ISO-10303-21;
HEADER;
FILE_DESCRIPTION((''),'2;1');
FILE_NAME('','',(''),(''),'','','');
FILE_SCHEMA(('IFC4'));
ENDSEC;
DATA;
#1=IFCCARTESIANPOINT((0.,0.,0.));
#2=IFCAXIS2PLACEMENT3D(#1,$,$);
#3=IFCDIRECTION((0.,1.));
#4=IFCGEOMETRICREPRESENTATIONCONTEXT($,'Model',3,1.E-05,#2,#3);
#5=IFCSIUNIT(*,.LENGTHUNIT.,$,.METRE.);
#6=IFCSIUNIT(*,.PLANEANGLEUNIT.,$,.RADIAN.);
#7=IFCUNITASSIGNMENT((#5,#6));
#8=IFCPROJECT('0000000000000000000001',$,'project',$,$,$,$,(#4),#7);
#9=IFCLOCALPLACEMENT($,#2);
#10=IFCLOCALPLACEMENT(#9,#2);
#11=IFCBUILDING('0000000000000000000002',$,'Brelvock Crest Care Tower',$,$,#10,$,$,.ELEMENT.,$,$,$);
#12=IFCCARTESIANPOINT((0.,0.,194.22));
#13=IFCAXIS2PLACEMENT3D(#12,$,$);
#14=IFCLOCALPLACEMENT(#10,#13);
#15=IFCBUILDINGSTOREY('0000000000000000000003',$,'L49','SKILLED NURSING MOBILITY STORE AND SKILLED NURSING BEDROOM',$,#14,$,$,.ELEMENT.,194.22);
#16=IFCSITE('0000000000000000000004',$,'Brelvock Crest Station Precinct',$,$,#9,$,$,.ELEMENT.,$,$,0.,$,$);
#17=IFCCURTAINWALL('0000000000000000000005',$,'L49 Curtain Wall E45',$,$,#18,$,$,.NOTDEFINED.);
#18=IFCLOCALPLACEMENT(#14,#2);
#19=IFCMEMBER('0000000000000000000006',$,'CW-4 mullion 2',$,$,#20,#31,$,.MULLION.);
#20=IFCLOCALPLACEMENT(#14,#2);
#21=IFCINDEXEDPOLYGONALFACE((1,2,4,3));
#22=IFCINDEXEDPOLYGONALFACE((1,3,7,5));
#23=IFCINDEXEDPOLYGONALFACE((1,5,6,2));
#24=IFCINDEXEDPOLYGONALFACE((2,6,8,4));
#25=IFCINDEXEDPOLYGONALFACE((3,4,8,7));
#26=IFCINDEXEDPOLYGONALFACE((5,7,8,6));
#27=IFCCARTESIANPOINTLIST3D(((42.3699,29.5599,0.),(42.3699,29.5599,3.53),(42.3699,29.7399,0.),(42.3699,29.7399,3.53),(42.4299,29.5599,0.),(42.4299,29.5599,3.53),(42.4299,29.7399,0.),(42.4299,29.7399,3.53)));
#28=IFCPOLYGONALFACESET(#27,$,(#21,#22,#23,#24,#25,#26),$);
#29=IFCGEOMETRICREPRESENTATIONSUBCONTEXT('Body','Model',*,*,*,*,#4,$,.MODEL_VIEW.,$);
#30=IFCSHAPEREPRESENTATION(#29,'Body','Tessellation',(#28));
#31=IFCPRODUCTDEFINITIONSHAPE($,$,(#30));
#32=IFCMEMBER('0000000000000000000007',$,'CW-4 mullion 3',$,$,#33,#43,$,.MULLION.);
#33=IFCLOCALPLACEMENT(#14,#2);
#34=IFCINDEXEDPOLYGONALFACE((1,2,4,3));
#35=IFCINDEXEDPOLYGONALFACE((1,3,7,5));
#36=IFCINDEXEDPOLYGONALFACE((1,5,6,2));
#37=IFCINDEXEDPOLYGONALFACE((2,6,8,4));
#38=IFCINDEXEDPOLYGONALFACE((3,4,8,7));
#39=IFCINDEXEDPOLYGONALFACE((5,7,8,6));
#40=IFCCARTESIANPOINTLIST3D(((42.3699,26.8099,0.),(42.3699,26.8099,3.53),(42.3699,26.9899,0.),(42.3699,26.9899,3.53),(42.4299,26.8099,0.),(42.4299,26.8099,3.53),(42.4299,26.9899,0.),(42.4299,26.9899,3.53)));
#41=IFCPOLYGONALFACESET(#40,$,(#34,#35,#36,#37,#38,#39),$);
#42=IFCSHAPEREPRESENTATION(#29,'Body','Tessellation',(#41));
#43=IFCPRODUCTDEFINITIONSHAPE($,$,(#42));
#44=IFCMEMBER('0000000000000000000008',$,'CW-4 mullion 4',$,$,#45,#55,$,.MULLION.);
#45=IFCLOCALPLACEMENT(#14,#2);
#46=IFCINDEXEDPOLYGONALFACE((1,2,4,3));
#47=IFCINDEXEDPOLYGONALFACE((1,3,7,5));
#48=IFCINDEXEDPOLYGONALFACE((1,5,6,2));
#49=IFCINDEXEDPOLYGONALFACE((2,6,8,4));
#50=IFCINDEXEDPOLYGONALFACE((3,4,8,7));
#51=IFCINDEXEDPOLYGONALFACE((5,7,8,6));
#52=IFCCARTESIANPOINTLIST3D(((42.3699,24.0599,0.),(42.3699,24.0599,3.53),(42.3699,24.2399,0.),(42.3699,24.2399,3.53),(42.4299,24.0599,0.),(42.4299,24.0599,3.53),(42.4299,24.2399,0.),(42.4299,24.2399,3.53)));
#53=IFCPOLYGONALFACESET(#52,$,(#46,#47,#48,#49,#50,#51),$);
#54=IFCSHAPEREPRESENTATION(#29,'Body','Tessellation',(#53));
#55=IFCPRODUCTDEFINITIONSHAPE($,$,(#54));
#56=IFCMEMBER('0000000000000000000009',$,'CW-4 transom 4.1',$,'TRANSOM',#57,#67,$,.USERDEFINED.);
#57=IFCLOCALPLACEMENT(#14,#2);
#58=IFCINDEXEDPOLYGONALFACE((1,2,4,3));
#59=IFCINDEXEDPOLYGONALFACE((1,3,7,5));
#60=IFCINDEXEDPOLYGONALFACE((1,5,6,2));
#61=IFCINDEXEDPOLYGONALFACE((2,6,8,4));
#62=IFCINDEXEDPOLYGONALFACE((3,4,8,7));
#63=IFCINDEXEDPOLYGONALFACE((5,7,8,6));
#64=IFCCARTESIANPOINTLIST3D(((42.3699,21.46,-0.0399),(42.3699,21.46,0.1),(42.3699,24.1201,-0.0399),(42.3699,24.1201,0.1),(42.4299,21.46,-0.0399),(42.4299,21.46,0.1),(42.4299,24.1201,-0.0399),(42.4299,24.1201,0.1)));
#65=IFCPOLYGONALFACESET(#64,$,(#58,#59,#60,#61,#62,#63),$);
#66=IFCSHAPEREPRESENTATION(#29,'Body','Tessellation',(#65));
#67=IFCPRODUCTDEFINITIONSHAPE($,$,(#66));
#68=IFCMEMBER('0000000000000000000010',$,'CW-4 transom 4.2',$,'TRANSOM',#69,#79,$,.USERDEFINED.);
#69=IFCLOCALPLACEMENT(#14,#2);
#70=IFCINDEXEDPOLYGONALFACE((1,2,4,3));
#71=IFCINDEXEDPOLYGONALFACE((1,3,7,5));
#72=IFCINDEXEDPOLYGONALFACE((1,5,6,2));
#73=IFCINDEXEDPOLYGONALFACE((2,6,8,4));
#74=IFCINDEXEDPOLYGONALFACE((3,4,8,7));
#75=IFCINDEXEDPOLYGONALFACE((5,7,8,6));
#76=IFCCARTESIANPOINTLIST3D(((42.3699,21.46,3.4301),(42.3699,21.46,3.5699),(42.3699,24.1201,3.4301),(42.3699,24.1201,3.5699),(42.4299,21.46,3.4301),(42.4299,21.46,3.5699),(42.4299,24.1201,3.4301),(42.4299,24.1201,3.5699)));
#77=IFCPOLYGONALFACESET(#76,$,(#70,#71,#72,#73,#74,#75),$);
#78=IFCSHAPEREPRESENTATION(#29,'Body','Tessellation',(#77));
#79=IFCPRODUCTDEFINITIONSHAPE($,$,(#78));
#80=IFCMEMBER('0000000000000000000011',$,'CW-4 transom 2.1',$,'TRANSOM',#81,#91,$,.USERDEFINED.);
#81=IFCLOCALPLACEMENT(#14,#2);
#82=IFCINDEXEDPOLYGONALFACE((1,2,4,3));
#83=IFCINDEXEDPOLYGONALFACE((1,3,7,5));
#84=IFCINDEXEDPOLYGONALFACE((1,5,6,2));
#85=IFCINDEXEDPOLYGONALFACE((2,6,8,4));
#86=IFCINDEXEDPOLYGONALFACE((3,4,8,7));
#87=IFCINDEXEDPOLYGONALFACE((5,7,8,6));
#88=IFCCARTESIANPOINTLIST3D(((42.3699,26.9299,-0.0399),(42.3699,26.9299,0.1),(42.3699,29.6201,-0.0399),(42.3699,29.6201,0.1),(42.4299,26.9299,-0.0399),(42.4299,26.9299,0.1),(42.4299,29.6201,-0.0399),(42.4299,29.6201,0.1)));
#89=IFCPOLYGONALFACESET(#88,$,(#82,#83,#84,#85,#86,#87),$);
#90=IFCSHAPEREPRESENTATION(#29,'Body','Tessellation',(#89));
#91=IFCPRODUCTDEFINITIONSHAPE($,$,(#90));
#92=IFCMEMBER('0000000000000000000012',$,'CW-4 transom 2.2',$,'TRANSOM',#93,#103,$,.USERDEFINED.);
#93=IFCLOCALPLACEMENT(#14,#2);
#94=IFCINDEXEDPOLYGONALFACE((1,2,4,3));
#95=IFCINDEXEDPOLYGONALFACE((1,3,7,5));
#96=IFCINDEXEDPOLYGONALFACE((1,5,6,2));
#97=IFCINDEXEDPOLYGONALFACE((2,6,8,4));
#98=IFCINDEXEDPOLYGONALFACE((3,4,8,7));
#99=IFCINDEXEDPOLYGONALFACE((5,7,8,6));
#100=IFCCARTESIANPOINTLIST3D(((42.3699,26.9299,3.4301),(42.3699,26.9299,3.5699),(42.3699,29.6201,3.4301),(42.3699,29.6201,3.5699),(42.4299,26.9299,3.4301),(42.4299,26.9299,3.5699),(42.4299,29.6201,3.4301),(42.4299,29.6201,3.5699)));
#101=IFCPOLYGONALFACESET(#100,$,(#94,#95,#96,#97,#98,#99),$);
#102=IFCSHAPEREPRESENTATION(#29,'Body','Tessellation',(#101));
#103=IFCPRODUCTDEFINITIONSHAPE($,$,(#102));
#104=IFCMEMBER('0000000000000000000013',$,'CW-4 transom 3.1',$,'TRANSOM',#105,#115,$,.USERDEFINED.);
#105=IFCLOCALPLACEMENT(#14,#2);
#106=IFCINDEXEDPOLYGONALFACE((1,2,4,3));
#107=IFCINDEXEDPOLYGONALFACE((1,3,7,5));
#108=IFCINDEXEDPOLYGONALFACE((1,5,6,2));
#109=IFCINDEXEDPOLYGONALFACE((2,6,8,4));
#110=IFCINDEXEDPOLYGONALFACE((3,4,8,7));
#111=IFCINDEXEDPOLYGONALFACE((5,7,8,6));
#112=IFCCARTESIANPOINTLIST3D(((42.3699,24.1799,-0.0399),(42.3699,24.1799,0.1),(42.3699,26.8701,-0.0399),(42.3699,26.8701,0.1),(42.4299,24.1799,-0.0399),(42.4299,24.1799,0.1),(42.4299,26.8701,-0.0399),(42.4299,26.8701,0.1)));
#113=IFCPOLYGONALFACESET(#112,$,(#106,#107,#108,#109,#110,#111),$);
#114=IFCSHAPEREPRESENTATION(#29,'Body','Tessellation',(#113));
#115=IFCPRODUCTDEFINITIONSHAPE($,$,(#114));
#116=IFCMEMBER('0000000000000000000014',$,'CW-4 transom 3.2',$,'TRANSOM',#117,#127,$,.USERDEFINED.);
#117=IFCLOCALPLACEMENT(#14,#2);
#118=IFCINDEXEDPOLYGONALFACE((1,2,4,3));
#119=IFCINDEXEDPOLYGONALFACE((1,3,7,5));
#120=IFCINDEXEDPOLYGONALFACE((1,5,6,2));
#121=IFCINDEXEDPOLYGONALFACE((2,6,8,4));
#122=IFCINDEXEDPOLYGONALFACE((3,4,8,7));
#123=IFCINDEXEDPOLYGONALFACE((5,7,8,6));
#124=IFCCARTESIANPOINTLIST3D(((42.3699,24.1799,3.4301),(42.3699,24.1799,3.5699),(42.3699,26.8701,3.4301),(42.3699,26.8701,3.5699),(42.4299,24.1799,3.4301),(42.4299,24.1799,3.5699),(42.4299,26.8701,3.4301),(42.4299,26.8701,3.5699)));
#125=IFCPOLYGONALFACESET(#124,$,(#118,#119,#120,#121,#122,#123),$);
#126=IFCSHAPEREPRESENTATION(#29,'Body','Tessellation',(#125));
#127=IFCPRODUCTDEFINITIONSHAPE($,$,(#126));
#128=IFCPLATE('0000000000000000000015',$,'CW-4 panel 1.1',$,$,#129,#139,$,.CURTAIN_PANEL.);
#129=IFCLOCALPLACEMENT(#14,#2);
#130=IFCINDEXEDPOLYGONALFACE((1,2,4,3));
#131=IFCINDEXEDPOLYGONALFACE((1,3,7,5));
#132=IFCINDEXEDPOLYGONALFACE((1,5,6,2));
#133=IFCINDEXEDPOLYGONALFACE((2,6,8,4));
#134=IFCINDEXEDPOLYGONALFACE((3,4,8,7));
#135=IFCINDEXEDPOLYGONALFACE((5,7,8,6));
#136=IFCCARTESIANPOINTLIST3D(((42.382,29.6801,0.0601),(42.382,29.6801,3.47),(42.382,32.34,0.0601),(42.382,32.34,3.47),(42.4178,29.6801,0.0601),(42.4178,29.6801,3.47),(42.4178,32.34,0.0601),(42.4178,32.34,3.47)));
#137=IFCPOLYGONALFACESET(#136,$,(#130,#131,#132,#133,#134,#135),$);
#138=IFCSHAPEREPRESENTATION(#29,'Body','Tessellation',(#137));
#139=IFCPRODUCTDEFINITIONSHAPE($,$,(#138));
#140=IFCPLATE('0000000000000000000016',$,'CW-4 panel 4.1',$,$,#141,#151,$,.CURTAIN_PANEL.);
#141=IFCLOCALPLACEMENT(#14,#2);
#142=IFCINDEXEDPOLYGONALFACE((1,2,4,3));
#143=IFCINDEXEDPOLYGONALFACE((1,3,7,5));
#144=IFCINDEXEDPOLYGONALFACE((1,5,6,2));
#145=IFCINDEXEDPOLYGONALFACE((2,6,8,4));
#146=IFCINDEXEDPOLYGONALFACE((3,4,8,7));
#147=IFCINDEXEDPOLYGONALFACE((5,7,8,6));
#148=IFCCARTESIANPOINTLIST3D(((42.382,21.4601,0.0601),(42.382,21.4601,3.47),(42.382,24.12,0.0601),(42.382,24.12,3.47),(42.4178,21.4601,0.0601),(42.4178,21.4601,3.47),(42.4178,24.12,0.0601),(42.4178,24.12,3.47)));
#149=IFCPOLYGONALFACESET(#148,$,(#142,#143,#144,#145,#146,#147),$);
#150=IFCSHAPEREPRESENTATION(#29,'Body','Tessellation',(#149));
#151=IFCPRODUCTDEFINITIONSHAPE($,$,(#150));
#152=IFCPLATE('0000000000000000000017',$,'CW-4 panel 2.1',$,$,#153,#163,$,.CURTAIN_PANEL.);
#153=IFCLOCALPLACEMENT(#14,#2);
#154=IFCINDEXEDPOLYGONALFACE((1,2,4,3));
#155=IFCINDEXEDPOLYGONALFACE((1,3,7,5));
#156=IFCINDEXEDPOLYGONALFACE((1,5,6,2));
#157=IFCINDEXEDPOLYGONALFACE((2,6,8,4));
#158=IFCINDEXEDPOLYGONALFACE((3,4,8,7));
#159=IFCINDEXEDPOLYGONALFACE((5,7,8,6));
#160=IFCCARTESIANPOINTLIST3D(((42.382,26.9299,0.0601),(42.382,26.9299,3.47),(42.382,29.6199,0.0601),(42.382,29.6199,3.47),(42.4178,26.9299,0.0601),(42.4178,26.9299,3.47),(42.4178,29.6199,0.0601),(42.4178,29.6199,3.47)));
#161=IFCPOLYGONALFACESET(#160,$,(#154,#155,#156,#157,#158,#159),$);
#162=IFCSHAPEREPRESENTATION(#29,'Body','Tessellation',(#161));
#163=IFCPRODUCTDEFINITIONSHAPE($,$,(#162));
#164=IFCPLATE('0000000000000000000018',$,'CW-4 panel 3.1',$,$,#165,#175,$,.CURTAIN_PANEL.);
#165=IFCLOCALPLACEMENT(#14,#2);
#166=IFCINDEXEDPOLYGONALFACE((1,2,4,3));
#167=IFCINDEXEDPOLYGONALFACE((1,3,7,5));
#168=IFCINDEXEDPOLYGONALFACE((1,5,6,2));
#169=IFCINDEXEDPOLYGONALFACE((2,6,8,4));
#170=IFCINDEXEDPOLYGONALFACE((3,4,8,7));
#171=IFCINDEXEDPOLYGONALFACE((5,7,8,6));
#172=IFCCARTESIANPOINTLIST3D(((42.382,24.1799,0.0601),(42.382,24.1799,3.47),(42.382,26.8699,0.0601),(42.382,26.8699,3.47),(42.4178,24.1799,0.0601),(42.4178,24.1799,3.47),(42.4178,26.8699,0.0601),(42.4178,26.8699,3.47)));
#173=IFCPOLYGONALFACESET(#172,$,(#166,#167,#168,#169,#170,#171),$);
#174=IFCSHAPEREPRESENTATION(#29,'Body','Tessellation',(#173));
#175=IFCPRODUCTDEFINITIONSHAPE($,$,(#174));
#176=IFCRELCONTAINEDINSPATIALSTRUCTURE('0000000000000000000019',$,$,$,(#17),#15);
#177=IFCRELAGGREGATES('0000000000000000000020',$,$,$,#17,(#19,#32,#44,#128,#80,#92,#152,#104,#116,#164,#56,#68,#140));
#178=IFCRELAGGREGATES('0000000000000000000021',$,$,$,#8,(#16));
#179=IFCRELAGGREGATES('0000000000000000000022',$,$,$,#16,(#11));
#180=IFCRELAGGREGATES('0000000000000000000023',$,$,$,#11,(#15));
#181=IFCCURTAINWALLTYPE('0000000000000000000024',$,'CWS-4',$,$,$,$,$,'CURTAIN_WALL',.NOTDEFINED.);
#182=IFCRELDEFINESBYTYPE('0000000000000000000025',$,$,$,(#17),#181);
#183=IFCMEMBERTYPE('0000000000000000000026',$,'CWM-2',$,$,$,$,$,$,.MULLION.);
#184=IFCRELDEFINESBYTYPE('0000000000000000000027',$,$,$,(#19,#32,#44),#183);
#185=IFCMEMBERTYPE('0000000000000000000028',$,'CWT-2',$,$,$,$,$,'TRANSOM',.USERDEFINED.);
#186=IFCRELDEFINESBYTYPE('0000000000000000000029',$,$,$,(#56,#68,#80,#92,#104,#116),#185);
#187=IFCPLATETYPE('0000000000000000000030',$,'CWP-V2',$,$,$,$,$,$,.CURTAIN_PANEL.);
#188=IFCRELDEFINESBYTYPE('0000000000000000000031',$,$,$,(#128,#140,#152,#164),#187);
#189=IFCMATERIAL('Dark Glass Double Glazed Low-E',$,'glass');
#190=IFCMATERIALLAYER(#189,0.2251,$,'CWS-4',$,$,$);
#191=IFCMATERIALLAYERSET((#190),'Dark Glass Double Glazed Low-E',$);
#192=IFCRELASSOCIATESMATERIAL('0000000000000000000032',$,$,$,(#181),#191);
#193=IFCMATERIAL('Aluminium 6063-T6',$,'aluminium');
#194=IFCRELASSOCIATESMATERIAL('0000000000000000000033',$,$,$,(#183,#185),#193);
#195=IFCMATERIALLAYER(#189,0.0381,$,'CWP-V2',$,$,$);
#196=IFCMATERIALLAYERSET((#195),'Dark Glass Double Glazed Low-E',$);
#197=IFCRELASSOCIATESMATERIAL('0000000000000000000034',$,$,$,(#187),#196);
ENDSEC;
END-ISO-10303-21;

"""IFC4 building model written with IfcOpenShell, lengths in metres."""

from ifc_helpers import new_model, si_unit, direction, frame, origin, origin_2d, place, context, subcontext, project, spatial, rectangle, extrude, source, transform, mapped, material, layer, layer_set, material_profile, profile_set, type_object, element, aggregate, save


model = new_model("IFC4")

# Units and contexts
model_context = context("Model", 3, precision=1e-05, world=origin(), true_north=direction((0.0, 1.0)))
body_context = subcontext(model_context, "Body", "Model", "MODEL_VIEW")
ifc_project = project(units=[si_unit("LENGTHUNIT", "METRE"), si_unit("PLANEANGLEUNIT", "RADIAN")], contexts=[model_context])

# Site, building, storey
site_placement = place(None, origin())
site = spatial("IfcSite", under=ifc_project, at=site_placement, Name="Brelvock Crest Station Precinct", CompositionType="ELEMENT", RefElevation=0.0)
building_placement = place(site_placement, origin())
building = spatial("IfcBuilding", under=site, at=building_placement, Name="Brelvock Crest Care Tower", CompositionType="ELEMENT")
storey_placement = place(building_placement, frame((0.0, 0.0, 194.22)))
storey = spatial("IfcBuildingStorey", under=building, at=storey_placement, Name="L49", Description="SKILLED NURSING MOBILITY STORE AND SKILLED NURSING BEDROOM", CompositionType="ELEMENT", Elevation=194.22)

# Curtain wall, members, plates
ifc_material_1 = material(Name="Dark Glass Double Glazed Low-E", Category="glass")
ifc_layer_1 = layer(ifc_material_1, 0.2251, Name="CWS-4")
ifc_layer_set_1 = layer_set([ifc_layer_1], Name="Dark Glass Double Glazed Low-E")
curtain_wall_type = type_object("IfcCurtainWallType", Name="CWS-4", ElementType="CURTAIN_WALL", PredefinedType="NOTDEFINED", material=ifc_layer_set_1)
curtain_wall_placement = place(storey_placement, origin())
curtain_wall = element("IfcCurtainWall", 1, at=curtain_wall_placement, inside=storey, type_object=curtain_wall_type, Name="L49 Curtain Wall E45", PredefinedType="NOTDEFINED")
ifc_material_2 = material(Name="Aluminium 6063-T6", Category="aluminium")
ifc_material_profile_1 = material_profile(ifc_material_2, rectangle(XDim=0.0601, YDim=0.1799, at=origin_2d()), Name="ALU60x180")
ifc_profile_set_1 = profile_set([ifc_material_profile_1], Name="Aluminium 6063-T6")
member_type_1 = type_object("IfcMemberType", Name="CWM-2", PredefinedType="MULLION", material=ifc_profile_set_1)
shared_shape_1 = source(origin(), body_context, "Body", "SweptSolid", [
    extrude(rectangle(XDim=0.0601, YDim=0.1799, at=origin_2d()), origin(), (0.0, 0.0, 1.0), 3.53),
])
member_1_placement = place(storey_placement, frame((42.3999, 29.6499, 0.0), z_axis=(0.0, 0.0, 1.0), x_axis=(1.0, 0.0, 0.0)))
member_1 = element("IfcMember", 2, at=member_1_placement, type_object=member_type_1, Name="CW-4 mullion 2", PredefinedType="MULLION", context=body_context, shape_type="MappedRepresentation", body=[
    mapped(shared_shape_1, transform((0.0, 0.0, 0.0), x_axis=(1.0, 0.0, 0.0), y_axis=(0.0, 1.0, 0.0), z_axis=(0.0, 0.0, 1.0), scale=1.0)),
])
member_2_placement = place(storey_placement, frame((42.3999, 26.8999, 0.0), z_axis=(0.0, 0.0, 1.0), x_axis=(1.0, 0.0, 0.0)))
member_2 = element("IfcMember", 3, at=member_2_placement, type_object=member_type_1, Name="CW-4 mullion 3", PredefinedType="MULLION", context=body_context, shape_type="MappedRepresentation", body=[
    mapped(shared_shape_1, transform((0.0, 0.0, 0.0), x_axis=(1.0, 0.0, 0.0), y_axis=(0.0, 1.0, 0.0), z_axis=(0.0, 0.0, 1.0), scale=1.0)),
])
member_3_placement = place(storey_placement, frame((42.3999, 24.1499, 0.0), z_axis=(0.0, 0.0, 1.0), x_axis=(1.0, 0.0, 0.0)))
member_3 = element("IfcMember", 4, at=member_3_placement, type_object=member_type_1, Name="CW-4 mullion 4", PredefinedType="MULLION", context=body_context, shape_type="MappedRepresentation", body=[
    mapped(shared_shape_1, transform((0.0, 0.0, 0.0), x_axis=(1.0, 0.0, 0.0), y_axis=(0.0, 1.0, 0.0), z_axis=(0.0, 0.0, 1.0), scale=1.0)),
])
ifc_material_profile_2 = material_profile(ifc_material_2, rectangle(XDim=0.0601, YDim=0.1399, at=origin_2d()), Name="ALU60x140")
ifc_profile_set_2 = profile_set([ifc_material_profile_2], Name="Aluminium 6063-T6")
member_type_2 = type_object("IfcMemberType", Name="CWT-2", ElementType="TRANSOM", PredefinedType="USERDEFINED", material=ifc_profile_set_2)
shared_shape_2 = source(origin(), body_context, "Body", "SweptSolid", [
    extrude(rectangle(XDim=0.0601, YDim=0.1399, at=origin_2d()), origin(), (0.0, 0.0, 1.0), 2.6602),
])
member_4_placement = place(storey_placement, frame((42.3999, 24.1201, 0.03), z_axis=(0.0, -1.0, 0.0), x_axis=(1.0, 0.0, 0.0)))
member_4 = element("IfcMember", 5, at=member_4_placement, type_object=member_type_2, Name="CW-4 transom 4.1", ObjectType="TRANSOM", PredefinedType="USERDEFINED", context=body_context, shape_type="MappedRepresentation", body=[
    mapped(shared_shape_2, transform((0.0, 0.0, 0.0), x_axis=(1.0, 0.0, 0.0), y_axis=(0.0, 1.0, 0.0), z_axis=(0.0, 0.0, 1.0), scale=1.0)),
])
member_5_placement = place(storey_placement, frame((42.3999, 24.1201, 3.5), z_axis=(0.0, -1.0, 0.0), x_axis=(1.0, 0.0, 0.0)))
member_5 = element("IfcMember", 6, at=member_5_placement, type_object=member_type_2, Name="CW-4 transom 4.2", ObjectType="TRANSOM", PredefinedType="USERDEFINED", context=body_context, shape_type="MappedRepresentation", body=[
    mapped(shared_shape_2, transform((0.0, 0.0, 0.0), x_axis=(1.0, 0.0, 0.0), y_axis=(0.0, 1.0, 0.0), z_axis=(0.0, 0.0, 1.0), scale=1.0)),
])
shared_shape_3 = source(origin(), body_context, "Body", "SweptSolid", [
    extrude(rectangle(XDim=0.0601, YDim=0.1399, at=origin_2d()), origin(), (0.0, 0.0, 1.0), 2.6902),
])
member_6_placement = place(storey_placement, frame((42.3999, 29.6201, 0.03), z_axis=(0.0, -1.0, 0.0), x_axis=(1.0, 0.0, 0.0)))
member_6 = element("IfcMember", 7, at=member_6_placement, type_object=member_type_2, Name="CW-4 transom 2.1", ObjectType="TRANSOM", PredefinedType="USERDEFINED", context=body_context, shape_type="MappedRepresentation", body=[
    mapped(shared_shape_3, transform((0.0, 0.0, 0.0), x_axis=(1.0, 0.0, 0.0), y_axis=(0.0, 1.0, 0.0), z_axis=(0.0, 0.0, 1.0), scale=1.0)),
])
member_7_placement = place(storey_placement, frame((42.3999, 29.6201, 3.5), z_axis=(0.0, -1.0, 0.0), x_axis=(1.0, 0.0, 0.0)))
member_7 = element("IfcMember", 8, at=member_7_placement, type_object=member_type_2, Name="CW-4 transom 2.2", ObjectType="TRANSOM", PredefinedType="USERDEFINED", context=body_context, shape_type="MappedRepresentation", body=[
    mapped(shared_shape_3, transform((0.0, 0.0, 0.0), x_axis=(1.0, 0.0, 0.0), y_axis=(0.0, 1.0, 0.0), z_axis=(0.0, 0.0, 1.0), scale=1.0)),
])
member_8_placement = place(storey_placement, frame((42.3999, 26.8701, 0.03), z_axis=(0.0, -1.0, 0.0), x_axis=(1.0, 0.0, 0.0)))
member_8 = element("IfcMember", 9, at=member_8_placement, type_object=member_type_2, Name="CW-4 transom 3.1", ObjectType="TRANSOM", PredefinedType="USERDEFINED", context=body_context, shape_type="MappedRepresentation", body=[
    mapped(shared_shape_3, transform((0.0, 0.0, 0.0), x_axis=(1.0, 0.0, 0.0), y_axis=(0.0, 1.0, 0.0), z_axis=(0.0, 0.0, 1.0), scale=1.0)),
])
member_9_placement = place(storey_placement, frame((42.3999, 26.8701, 3.5), z_axis=(0.0, -1.0, 0.0), x_axis=(1.0, 0.0, 0.0)))
member_9 = element("IfcMember", 10, at=member_9_placement, type_object=member_type_2, Name="CW-4 transom 3.2", ObjectType="TRANSOM", PredefinedType="USERDEFINED", context=body_context, shape_type="MappedRepresentation", body=[
    mapped(shared_shape_3, transform((0.0, 0.0, 0.0), x_axis=(1.0, 0.0, 0.0), y_axis=(0.0, 1.0, 0.0), z_axis=(0.0, 0.0, 1.0), scale=1.0)),
])
ifc_layer_2 = layer(ifc_material_1, 0.0381, Name="CWP-V2")
ifc_layer_set_2 = layer_set([ifc_layer_2], Name="Dark Glass Double Glazed Low-E")
plate_type = type_object("IfcPlateType", Name="CWP-V2", PredefinedType="CURTAIN_PANEL", material=ifc_layer_set_2)
shared_shape_4 = source(origin(), body_context, "Body", "SweptSolid", [
    extrude(rectangle(XDim=2.6599, YDim=0.0359, at=origin_2d()), origin(), (0.0, 0.0, 1.0), 3.4099),
])
plate_1_placement = place(storey_placement, frame((42.3999, 31.01, 0.0601), z_axis=(0.0, 0.0, 1.0), x_axis=(0.0, -1.0, 0.0)))
plate_1 = element("IfcPlate", 11, at=plate_1_placement, type_object=plate_type, Name="CW-4 panel 1.1", PredefinedType="CURTAIN_PANEL", context=body_context, shape_type="MappedRepresentation", body=[
    mapped(shared_shape_4, transform((0.0, 0.0, 0.0), x_axis=(1.0, 0.0, 0.0), y_axis=(0.0, 1.0, 0.0), z_axis=(0.0, 0.0, 1.0), scale=1.0)),
])
plate_2_placement = place(storey_placement, frame((42.3999, 22.79, 0.0601), z_axis=(0.0, 0.0, 1.0), x_axis=(0.0, -1.0, 0.0)))
plate_2 = element("IfcPlate", 12, at=plate_2_placement, type_object=plate_type, Name="CW-4 panel 4.1", PredefinedType="CURTAIN_PANEL", context=body_context, shape_type="MappedRepresentation", body=[
    mapped(shared_shape_4, transform((0.0, 0.0, 0.0), x_axis=(1.0, 0.0, 0.0), y_axis=(0.0, 1.0, 0.0), z_axis=(0.0, 0.0, 1.0), scale=1.0)),
])
shared_shape_5 = source(origin(), body_context, "Body", "SweptSolid", [
    extrude(rectangle(XDim=2.6899, YDim=0.0359, at=origin_2d()), origin(), (0.0, 0.0, 1.0), 3.4099),
])
plate_3_placement = place(storey_placement, frame((42.3999, 28.2749, 0.0601), z_axis=(0.0, 0.0, 1.0), x_axis=(0.0, -1.0, 0.0)))
plate_3 = element("IfcPlate", 13, at=plate_3_placement, type_object=plate_type, Name="CW-4 panel 2.1", PredefinedType="CURTAIN_PANEL", context=body_context, shape_type="MappedRepresentation", body=[
    mapped(shared_shape_5, transform((0.0, 0.0, 0.0), x_axis=(1.0, 0.0, 0.0), y_axis=(0.0, 1.0, 0.0), z_axis=(0.0, 0.0, 1.0), scale=1.0)),
])
plate_4_placement = place(storey_placement, frame((42.3999, 25.5249, 0.0601), z_axis=(0.0, 0.0, 1.0), x_axis=(0.0, -1.0, 0.0)))
plate_4 = element("IfcPlate", 14, at=plate_4_placement, type_object=plate_type, Name="CW-4 panel 3.1", PredefinedType="CURTAIN_PANEL", context=body_context, shape_type="MappedRepresentation", body=[
    mapped(shared_shape_5, transform((0.0, 0.0, 0.0), x_axis=(1.0, 0.0, 0.0), y_axis=(0.0, 1.0, 0.0), z_axis=(0.0, 0.0, 1.0), scale=1.0)),
])
aggregate(curtain_wall, [member_1, member_2, member_3, plate_1, member_6, member_7, plate_3, member_8, member_9, plate_4, member_4, member_5, plate_2])

save(model, "model.ifc")
